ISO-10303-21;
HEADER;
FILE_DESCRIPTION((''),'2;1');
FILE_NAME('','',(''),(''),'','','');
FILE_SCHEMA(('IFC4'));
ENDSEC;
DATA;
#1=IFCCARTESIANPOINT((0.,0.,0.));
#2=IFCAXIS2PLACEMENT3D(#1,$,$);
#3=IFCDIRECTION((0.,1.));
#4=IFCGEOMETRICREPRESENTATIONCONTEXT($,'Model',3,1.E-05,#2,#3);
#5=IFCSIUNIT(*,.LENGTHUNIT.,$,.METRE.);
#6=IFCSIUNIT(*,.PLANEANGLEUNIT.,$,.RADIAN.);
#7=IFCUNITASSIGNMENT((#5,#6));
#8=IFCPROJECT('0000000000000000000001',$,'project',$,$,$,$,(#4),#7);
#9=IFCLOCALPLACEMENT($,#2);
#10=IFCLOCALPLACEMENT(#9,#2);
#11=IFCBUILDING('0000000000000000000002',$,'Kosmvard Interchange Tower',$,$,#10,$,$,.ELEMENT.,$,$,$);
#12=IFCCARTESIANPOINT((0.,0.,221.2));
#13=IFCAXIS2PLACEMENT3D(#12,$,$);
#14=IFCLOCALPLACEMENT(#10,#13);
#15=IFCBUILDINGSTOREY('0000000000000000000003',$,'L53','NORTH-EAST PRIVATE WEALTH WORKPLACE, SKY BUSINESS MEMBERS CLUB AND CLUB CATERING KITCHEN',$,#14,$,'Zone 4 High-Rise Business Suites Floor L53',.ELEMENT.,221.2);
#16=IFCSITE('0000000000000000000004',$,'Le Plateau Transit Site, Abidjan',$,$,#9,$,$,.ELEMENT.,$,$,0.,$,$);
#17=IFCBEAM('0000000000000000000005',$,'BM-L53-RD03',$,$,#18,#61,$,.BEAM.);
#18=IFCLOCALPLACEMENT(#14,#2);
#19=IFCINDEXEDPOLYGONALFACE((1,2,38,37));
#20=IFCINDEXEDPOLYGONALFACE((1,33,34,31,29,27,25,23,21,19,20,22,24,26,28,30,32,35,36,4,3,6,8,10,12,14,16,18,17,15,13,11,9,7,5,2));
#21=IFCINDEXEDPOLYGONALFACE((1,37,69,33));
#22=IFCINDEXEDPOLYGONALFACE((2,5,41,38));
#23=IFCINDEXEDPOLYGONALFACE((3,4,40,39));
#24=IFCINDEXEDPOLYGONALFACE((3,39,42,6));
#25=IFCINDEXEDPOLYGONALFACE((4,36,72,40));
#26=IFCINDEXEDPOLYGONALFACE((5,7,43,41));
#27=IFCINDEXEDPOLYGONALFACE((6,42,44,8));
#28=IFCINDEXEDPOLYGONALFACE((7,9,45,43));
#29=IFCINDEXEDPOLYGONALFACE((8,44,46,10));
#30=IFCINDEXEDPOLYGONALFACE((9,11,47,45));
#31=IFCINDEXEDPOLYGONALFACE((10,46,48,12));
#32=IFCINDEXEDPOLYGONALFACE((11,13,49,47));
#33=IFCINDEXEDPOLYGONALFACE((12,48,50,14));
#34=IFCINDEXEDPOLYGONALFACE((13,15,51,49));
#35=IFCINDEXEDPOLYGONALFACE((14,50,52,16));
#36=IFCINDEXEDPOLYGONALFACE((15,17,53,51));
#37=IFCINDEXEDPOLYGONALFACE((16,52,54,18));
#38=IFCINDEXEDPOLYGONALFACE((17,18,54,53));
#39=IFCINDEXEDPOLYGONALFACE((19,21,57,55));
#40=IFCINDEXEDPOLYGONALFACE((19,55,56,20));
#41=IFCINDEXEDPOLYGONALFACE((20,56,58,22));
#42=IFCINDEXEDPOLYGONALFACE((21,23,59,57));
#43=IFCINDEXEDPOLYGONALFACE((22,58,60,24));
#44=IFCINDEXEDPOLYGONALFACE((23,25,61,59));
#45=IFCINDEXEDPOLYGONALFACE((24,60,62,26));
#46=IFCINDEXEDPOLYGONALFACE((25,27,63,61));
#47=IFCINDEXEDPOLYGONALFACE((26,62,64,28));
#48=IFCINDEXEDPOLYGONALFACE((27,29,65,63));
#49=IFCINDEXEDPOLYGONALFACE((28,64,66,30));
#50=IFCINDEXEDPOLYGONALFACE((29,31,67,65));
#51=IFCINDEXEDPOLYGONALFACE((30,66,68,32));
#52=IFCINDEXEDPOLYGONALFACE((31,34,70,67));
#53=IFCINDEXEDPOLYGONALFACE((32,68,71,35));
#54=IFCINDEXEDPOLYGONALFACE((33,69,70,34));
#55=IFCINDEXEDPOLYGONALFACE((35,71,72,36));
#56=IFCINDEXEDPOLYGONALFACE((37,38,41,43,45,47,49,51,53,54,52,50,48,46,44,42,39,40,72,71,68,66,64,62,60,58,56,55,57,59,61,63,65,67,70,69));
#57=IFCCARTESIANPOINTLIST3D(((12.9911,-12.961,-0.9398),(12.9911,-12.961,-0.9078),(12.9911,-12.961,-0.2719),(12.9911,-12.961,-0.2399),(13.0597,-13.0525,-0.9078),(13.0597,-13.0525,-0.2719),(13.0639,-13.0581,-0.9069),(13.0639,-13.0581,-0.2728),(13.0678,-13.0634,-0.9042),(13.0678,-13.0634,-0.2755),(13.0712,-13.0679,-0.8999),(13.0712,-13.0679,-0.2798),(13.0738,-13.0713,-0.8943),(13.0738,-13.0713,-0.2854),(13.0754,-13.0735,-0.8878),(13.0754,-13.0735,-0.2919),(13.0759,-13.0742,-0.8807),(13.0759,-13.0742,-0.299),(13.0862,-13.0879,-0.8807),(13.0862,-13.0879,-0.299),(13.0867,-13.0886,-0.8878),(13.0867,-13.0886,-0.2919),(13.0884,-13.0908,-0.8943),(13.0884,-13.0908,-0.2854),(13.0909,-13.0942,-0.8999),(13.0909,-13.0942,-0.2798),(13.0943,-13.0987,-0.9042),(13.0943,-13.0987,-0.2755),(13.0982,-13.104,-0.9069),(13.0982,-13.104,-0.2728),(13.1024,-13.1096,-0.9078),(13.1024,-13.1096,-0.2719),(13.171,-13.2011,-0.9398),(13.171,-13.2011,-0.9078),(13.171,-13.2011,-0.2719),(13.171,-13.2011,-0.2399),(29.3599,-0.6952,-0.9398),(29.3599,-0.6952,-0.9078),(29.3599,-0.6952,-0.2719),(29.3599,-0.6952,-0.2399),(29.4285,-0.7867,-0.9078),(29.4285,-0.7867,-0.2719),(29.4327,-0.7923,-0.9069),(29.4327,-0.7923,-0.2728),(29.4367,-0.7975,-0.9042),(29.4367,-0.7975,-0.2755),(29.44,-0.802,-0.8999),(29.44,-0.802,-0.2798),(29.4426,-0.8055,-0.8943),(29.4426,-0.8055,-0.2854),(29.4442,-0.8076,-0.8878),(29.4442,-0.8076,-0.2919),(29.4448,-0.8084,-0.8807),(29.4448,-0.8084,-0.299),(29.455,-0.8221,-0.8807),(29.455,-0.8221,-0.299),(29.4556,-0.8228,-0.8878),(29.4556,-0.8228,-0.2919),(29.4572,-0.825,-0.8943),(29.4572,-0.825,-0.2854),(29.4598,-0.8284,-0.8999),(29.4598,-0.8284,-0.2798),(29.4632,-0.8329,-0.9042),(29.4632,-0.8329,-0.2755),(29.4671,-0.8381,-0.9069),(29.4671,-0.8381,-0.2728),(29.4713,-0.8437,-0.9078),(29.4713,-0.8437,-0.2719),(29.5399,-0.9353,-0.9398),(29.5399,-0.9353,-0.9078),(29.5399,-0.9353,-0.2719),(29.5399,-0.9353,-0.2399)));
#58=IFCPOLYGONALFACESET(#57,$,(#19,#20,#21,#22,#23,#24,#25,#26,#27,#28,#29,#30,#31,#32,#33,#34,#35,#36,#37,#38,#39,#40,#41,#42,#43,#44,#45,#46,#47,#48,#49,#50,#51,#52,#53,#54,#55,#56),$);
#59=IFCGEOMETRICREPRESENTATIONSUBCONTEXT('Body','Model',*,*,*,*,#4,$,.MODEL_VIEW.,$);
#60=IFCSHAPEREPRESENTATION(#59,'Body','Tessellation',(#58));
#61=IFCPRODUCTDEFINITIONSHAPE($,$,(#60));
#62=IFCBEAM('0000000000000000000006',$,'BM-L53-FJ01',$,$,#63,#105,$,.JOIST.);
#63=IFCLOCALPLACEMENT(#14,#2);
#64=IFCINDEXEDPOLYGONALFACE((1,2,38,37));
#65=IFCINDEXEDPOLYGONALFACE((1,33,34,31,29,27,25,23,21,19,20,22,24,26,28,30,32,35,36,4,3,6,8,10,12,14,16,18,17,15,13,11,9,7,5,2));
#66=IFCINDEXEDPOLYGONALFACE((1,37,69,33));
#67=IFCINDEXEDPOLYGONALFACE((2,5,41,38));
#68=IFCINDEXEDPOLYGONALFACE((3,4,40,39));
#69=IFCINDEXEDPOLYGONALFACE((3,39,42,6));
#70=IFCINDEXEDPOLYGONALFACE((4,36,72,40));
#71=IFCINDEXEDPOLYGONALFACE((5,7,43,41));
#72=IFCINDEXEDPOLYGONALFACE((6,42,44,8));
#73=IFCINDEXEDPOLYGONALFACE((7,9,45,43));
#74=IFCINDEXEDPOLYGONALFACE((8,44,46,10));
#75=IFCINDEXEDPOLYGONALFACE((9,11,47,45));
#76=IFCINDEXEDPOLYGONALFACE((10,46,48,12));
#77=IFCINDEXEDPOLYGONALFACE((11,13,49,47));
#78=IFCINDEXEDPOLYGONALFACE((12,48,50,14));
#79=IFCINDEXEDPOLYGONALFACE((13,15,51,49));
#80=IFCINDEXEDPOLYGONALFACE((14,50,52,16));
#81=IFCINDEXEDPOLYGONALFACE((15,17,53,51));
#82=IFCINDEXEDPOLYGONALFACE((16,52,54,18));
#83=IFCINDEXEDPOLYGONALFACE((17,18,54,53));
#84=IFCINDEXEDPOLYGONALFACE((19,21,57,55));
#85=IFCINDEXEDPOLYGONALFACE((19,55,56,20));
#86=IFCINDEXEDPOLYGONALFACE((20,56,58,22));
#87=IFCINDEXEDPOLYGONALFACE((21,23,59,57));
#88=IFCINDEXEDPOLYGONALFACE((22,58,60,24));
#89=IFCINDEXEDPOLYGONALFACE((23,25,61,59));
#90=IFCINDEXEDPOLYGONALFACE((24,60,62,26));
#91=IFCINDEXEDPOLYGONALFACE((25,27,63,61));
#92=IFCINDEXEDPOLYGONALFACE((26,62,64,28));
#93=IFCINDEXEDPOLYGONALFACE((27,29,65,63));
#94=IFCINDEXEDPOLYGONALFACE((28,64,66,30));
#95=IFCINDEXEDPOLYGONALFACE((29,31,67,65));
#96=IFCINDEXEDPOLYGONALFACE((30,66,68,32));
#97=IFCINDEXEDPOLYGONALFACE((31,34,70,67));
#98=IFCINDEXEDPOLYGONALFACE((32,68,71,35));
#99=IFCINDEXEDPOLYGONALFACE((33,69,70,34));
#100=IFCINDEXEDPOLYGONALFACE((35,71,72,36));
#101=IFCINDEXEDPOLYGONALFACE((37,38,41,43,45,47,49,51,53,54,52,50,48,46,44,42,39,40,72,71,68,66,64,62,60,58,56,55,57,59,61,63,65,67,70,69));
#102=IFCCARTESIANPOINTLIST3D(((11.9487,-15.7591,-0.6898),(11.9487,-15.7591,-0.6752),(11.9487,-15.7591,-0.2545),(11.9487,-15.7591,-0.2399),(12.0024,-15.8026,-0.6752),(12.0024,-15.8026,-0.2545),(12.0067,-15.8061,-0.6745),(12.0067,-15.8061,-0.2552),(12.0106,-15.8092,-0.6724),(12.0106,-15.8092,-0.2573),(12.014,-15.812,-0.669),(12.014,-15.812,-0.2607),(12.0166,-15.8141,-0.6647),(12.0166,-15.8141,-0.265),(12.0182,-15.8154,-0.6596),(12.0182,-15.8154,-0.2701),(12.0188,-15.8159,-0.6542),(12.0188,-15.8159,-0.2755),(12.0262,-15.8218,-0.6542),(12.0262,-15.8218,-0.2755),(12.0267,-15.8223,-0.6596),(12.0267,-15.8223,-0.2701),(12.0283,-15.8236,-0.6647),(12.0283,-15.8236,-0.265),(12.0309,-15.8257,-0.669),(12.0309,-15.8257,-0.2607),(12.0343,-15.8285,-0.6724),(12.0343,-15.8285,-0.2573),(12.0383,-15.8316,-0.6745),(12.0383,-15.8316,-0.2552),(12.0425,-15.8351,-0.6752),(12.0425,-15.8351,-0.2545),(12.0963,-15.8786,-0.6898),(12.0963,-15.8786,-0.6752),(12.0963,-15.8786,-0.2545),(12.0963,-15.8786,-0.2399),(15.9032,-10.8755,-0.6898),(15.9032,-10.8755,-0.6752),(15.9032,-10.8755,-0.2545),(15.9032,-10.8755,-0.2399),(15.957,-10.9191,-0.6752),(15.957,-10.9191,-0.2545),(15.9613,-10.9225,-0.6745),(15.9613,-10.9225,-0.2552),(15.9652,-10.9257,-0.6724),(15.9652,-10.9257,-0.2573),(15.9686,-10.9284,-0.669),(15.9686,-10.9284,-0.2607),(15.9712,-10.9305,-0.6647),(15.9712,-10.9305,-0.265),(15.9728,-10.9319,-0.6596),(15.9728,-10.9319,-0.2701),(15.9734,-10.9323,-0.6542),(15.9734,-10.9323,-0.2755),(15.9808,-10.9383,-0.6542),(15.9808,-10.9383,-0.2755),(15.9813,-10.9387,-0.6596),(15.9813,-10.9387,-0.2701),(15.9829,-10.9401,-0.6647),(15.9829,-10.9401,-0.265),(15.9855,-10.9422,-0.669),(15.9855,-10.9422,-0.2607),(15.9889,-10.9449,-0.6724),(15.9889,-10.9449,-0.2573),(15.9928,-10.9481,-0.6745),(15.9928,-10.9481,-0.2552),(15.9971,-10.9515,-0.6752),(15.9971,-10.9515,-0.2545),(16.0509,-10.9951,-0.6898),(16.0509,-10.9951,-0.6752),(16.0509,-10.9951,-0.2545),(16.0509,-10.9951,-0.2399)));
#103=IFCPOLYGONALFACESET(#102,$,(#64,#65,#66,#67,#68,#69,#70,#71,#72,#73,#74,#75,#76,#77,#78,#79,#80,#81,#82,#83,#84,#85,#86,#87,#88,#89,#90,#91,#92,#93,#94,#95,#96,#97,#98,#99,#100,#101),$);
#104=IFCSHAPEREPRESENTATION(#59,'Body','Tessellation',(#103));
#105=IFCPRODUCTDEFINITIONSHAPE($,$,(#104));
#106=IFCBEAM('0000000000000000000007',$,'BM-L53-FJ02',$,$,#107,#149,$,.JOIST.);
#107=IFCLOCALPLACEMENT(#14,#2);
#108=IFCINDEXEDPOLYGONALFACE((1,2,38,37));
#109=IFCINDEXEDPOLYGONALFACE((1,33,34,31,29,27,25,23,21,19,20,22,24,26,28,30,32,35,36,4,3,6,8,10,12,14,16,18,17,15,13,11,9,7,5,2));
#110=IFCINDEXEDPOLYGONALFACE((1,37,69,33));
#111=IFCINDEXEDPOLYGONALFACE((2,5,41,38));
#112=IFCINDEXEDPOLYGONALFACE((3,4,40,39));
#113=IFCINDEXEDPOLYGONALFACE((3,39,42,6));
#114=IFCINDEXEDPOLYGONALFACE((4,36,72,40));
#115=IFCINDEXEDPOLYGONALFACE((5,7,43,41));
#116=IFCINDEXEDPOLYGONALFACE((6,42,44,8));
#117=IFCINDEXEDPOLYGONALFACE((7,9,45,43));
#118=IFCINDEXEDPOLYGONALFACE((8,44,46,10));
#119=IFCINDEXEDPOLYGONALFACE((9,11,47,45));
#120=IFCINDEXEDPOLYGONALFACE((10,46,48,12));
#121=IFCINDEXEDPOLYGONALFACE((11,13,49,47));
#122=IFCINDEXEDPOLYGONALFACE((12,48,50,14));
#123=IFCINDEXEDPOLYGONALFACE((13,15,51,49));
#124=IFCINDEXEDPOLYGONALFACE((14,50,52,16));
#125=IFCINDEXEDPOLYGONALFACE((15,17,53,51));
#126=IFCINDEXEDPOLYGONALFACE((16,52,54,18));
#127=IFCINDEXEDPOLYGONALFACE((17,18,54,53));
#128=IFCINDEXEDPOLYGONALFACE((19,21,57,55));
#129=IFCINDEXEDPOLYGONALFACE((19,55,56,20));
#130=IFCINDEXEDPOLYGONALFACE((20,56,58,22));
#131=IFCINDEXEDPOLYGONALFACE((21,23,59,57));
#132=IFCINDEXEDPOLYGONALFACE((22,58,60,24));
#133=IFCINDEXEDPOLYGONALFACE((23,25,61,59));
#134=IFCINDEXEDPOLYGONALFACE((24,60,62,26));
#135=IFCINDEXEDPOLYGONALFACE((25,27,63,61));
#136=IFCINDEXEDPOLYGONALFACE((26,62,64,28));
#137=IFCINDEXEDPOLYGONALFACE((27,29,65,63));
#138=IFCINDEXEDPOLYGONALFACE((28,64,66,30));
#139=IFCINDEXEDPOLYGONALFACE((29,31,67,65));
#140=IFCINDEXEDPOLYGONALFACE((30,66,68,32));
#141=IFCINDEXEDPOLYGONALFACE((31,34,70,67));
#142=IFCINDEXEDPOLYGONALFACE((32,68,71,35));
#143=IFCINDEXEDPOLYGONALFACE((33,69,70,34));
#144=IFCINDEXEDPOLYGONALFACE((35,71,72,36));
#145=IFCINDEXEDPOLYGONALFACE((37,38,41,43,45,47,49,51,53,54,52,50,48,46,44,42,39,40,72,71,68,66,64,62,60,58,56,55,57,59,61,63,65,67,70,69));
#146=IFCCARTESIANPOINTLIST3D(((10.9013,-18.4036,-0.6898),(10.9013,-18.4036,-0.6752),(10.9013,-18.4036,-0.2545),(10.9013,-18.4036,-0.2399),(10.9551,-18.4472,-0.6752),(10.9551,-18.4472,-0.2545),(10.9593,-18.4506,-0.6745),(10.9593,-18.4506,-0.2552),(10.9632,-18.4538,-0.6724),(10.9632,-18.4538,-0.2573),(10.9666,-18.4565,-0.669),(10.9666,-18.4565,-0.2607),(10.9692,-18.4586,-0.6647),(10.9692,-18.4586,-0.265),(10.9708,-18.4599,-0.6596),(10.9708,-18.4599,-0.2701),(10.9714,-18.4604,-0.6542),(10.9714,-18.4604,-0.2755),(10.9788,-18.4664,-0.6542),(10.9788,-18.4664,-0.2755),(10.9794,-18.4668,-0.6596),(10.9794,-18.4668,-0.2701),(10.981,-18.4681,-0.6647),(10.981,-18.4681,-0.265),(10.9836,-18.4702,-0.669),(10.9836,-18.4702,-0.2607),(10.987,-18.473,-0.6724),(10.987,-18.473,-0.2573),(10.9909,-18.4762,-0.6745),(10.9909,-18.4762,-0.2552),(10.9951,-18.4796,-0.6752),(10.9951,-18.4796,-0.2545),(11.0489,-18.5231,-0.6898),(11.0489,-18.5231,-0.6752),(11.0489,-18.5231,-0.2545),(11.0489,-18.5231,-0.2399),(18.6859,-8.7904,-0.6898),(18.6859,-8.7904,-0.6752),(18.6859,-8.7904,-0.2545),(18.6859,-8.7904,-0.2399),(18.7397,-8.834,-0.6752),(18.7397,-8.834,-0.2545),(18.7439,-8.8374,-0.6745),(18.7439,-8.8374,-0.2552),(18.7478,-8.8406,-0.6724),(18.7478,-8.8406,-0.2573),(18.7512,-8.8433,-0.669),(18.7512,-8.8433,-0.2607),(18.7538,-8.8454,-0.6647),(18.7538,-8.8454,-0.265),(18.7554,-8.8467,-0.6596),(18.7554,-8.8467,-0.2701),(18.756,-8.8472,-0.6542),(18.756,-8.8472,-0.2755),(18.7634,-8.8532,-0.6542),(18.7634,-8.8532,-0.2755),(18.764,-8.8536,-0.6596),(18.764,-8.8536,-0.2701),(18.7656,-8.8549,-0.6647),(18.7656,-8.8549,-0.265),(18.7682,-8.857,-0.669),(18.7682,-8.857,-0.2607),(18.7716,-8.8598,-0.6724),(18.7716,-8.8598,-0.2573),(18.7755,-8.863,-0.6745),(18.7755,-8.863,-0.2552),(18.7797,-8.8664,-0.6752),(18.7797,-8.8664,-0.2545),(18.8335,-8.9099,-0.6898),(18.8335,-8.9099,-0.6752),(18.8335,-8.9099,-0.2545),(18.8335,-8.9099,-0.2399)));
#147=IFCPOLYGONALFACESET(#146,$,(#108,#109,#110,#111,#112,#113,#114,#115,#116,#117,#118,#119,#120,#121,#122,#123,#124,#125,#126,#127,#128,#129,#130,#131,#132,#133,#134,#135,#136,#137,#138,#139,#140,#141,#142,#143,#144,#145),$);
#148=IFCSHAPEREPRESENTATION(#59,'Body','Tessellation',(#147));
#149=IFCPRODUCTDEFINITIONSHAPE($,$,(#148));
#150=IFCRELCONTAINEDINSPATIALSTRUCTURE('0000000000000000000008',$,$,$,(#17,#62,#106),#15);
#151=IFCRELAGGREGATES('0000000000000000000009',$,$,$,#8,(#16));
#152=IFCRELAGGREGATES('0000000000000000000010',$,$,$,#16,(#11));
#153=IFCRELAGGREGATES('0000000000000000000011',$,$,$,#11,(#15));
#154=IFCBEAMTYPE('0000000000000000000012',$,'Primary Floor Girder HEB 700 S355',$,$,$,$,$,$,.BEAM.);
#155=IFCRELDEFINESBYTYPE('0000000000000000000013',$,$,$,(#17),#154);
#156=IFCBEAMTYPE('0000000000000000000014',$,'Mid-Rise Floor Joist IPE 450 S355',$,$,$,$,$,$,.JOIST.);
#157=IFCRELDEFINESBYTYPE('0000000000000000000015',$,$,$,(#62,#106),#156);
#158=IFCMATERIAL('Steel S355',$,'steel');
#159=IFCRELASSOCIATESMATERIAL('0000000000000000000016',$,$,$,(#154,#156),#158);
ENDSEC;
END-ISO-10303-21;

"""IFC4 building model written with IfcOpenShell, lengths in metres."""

from ifc_helpers import new_model, si_unit, direction, frame, origin, origin_2d, place, context, subcontext, project, spatial, i_section, extrude, source, transform, mapped, material, material_profile, profile_set, type_object, element, save


model = new_model("IFC4")

# Units and contexts
model_context = context("Model", 3, precision=1e-05, world=origin(), true_north=direction((0.0, 1.0)))
body_context = subcontext(model_context, "Body", "Model", "MODEL_VIEW")
ifc_project = project(units=[si_unit("LENGTHUNIT", "METRE"), si_unit("PLANEANGLEUNIT", "RADIAN")], contexts=[model_context])

# Site, building, storey
site_placement = place(None, origin())
site = spatial("IfcSite", under=ifc_project, at=site_placement, Name="Le Plateau Transit Site, Abidjan", CompositionType="ELEMENT", RefElevation=0.0)
building_placement = place(site_placement, origin())
building = spatial("IfcBuilding", under=site, at=building_placement, Name="Kosmvard Interchange Tower", CompositionType="ELEMENT")
storey_placement = place(building_placement, frame((0.0, 0.0, 221.2)))
storey = spatial("IfcBuildingStorey", under=building, at=storey_placement, Name="L53", Description="NORTH-EAST PRIVATE WEALTH WORKPLACE, SKY BUSINESS MEMBERS CLUB AND CLUB CATERING KITCHEN", LongName="Zone 4 High-Rise Business Suites Floor L53", CompositionType="ELEMENT", Elevation=221.2)

# Beams
ifc_material_1 = material(Name="Steel S355", Category="steel")
ifc_material_profile_1 = material_profile(ifc_material_1, i_section(OverallWidth=0.3, OverallDepth=0.7, WebThickness=0.0171, FlangeThickness=0.032, FilletRadius=0.0271, at=origin_2d()), Name="HEB 700")
ifc_profile_set_1 = profile_set([ifc_material_profile_1], Name="Steel S355")
beam_type_1 = type_object("IfcBeamType", Name="Primary Floor Girder HEB 700 S355", PredefinedType="BEAM", material=ifc_profile_set_1)
shared_shape_1 = source(origin(), body_context, "Body", "SweptSolid", [
    extrude(i_section(OverallWidth=0.3, OverallDepth=0.7, WebThickness=0.0171, FlangeThickness=0.032, FilletRadius=0.0271, at=origin_2d()), origin(), (0.0, 0.0, 1.0), 20.4546),
])
beam_1_placement = place(storey_placement, frame((13.0811, -13.0811, -0.5898), z_axis=(0.800253, 0.599662, 0.0), x_axis=(-0.599662, 0.800253, 0.0)))
element("IfcBeam", 1, at=beam_1_placement, inside=storey, type_object=beam_type_1, Name="BM-L53-RD03", PredefinedType="BEAM", context=body_context, shape_type="MappedRepresentation", body=[
    mapped(shared_shape_1, transform((0.0, 0.0, 0.0), scale=1.0)),
])
ifc_material_profile_2 = material_profile(ifc_material_1, i_section(OverallWidth=0.1899, OverallDepth=0.45, WebThickness=0.0095, FlangeThickness=0.0146, FilletRadius=0.021, at=origin_2d()), Name="IPE 450")
ifc_profile_set_2 = profile_set([ifc_material_profile_2], Name="Steel S355")
beam_type_2 = type_object("IfcBeamType", Name="Mid-Rise Floor Joist IPE 450 S355", PredefinedType="JOIST", material=ifc_profile_set_2)
shared_shape_2 = source(origin(), body_context, "Body", "SweptSolid", [
    extrude(i_section(OverallWidth=0.1899, OverallDepth=0.45, WebThickness=0.0095, FlangeThickness=0.0146, FilletRadius=0.021, at=origin_2d()), origin(), (0.0, 0.0, 1.0), 6.2839),
])
beam_2_placement = place(storey_placement, frame((12.0225, -15.8188, -0.4648), z_axis=(0.629318, 0.777148, 0.0), x_axis=(-0.777148, 0.629318, 0.0)))
element("IfcBeam", 2, at=beam_2_placement, inside=storey, type_object=beam_type_2, Name="BM-L53-FJ01", PredefinedType="JOIST", context=body_context, shape_type="MappedRepresentation", body=[
    mapped(shared_shape_2, transform((0.0, 0.0, 0.0), scale=1.0)),
])
shared_shape_3 = source(origin(), body_context, "Body", "SweptSolid", [
    extrude(i_section(OverallWidth=0.1899, OverallDepth=0.45, WebThickness=0.0095, FlangeThickness=0.0146, FilletRadius=0.021, at=origin_2d()), origin(), (0.0, 0.0, 1.0), 12.3699),
])
beam_3_placement = place(storey_placement, frame((10.9751, -18.4634, -0.4648), z_axis=(0.62932, 0.777147, 0.0), x_axis=(-0.777147, 0.62932, 0.0)))
element("IfcBeam", 3, at=beam_3_placement, inside=storey, type_object=beam_type_2, Name="BM-L53-FJ02", PredefinedType="JOIST", context=body_context, shape_type="MappedRepresentation", body=[
    mapped(shared_shape_3, transform((0.0, 0.0, 0.0), scale=1.0)),
])

save(model, "model.ifc")
